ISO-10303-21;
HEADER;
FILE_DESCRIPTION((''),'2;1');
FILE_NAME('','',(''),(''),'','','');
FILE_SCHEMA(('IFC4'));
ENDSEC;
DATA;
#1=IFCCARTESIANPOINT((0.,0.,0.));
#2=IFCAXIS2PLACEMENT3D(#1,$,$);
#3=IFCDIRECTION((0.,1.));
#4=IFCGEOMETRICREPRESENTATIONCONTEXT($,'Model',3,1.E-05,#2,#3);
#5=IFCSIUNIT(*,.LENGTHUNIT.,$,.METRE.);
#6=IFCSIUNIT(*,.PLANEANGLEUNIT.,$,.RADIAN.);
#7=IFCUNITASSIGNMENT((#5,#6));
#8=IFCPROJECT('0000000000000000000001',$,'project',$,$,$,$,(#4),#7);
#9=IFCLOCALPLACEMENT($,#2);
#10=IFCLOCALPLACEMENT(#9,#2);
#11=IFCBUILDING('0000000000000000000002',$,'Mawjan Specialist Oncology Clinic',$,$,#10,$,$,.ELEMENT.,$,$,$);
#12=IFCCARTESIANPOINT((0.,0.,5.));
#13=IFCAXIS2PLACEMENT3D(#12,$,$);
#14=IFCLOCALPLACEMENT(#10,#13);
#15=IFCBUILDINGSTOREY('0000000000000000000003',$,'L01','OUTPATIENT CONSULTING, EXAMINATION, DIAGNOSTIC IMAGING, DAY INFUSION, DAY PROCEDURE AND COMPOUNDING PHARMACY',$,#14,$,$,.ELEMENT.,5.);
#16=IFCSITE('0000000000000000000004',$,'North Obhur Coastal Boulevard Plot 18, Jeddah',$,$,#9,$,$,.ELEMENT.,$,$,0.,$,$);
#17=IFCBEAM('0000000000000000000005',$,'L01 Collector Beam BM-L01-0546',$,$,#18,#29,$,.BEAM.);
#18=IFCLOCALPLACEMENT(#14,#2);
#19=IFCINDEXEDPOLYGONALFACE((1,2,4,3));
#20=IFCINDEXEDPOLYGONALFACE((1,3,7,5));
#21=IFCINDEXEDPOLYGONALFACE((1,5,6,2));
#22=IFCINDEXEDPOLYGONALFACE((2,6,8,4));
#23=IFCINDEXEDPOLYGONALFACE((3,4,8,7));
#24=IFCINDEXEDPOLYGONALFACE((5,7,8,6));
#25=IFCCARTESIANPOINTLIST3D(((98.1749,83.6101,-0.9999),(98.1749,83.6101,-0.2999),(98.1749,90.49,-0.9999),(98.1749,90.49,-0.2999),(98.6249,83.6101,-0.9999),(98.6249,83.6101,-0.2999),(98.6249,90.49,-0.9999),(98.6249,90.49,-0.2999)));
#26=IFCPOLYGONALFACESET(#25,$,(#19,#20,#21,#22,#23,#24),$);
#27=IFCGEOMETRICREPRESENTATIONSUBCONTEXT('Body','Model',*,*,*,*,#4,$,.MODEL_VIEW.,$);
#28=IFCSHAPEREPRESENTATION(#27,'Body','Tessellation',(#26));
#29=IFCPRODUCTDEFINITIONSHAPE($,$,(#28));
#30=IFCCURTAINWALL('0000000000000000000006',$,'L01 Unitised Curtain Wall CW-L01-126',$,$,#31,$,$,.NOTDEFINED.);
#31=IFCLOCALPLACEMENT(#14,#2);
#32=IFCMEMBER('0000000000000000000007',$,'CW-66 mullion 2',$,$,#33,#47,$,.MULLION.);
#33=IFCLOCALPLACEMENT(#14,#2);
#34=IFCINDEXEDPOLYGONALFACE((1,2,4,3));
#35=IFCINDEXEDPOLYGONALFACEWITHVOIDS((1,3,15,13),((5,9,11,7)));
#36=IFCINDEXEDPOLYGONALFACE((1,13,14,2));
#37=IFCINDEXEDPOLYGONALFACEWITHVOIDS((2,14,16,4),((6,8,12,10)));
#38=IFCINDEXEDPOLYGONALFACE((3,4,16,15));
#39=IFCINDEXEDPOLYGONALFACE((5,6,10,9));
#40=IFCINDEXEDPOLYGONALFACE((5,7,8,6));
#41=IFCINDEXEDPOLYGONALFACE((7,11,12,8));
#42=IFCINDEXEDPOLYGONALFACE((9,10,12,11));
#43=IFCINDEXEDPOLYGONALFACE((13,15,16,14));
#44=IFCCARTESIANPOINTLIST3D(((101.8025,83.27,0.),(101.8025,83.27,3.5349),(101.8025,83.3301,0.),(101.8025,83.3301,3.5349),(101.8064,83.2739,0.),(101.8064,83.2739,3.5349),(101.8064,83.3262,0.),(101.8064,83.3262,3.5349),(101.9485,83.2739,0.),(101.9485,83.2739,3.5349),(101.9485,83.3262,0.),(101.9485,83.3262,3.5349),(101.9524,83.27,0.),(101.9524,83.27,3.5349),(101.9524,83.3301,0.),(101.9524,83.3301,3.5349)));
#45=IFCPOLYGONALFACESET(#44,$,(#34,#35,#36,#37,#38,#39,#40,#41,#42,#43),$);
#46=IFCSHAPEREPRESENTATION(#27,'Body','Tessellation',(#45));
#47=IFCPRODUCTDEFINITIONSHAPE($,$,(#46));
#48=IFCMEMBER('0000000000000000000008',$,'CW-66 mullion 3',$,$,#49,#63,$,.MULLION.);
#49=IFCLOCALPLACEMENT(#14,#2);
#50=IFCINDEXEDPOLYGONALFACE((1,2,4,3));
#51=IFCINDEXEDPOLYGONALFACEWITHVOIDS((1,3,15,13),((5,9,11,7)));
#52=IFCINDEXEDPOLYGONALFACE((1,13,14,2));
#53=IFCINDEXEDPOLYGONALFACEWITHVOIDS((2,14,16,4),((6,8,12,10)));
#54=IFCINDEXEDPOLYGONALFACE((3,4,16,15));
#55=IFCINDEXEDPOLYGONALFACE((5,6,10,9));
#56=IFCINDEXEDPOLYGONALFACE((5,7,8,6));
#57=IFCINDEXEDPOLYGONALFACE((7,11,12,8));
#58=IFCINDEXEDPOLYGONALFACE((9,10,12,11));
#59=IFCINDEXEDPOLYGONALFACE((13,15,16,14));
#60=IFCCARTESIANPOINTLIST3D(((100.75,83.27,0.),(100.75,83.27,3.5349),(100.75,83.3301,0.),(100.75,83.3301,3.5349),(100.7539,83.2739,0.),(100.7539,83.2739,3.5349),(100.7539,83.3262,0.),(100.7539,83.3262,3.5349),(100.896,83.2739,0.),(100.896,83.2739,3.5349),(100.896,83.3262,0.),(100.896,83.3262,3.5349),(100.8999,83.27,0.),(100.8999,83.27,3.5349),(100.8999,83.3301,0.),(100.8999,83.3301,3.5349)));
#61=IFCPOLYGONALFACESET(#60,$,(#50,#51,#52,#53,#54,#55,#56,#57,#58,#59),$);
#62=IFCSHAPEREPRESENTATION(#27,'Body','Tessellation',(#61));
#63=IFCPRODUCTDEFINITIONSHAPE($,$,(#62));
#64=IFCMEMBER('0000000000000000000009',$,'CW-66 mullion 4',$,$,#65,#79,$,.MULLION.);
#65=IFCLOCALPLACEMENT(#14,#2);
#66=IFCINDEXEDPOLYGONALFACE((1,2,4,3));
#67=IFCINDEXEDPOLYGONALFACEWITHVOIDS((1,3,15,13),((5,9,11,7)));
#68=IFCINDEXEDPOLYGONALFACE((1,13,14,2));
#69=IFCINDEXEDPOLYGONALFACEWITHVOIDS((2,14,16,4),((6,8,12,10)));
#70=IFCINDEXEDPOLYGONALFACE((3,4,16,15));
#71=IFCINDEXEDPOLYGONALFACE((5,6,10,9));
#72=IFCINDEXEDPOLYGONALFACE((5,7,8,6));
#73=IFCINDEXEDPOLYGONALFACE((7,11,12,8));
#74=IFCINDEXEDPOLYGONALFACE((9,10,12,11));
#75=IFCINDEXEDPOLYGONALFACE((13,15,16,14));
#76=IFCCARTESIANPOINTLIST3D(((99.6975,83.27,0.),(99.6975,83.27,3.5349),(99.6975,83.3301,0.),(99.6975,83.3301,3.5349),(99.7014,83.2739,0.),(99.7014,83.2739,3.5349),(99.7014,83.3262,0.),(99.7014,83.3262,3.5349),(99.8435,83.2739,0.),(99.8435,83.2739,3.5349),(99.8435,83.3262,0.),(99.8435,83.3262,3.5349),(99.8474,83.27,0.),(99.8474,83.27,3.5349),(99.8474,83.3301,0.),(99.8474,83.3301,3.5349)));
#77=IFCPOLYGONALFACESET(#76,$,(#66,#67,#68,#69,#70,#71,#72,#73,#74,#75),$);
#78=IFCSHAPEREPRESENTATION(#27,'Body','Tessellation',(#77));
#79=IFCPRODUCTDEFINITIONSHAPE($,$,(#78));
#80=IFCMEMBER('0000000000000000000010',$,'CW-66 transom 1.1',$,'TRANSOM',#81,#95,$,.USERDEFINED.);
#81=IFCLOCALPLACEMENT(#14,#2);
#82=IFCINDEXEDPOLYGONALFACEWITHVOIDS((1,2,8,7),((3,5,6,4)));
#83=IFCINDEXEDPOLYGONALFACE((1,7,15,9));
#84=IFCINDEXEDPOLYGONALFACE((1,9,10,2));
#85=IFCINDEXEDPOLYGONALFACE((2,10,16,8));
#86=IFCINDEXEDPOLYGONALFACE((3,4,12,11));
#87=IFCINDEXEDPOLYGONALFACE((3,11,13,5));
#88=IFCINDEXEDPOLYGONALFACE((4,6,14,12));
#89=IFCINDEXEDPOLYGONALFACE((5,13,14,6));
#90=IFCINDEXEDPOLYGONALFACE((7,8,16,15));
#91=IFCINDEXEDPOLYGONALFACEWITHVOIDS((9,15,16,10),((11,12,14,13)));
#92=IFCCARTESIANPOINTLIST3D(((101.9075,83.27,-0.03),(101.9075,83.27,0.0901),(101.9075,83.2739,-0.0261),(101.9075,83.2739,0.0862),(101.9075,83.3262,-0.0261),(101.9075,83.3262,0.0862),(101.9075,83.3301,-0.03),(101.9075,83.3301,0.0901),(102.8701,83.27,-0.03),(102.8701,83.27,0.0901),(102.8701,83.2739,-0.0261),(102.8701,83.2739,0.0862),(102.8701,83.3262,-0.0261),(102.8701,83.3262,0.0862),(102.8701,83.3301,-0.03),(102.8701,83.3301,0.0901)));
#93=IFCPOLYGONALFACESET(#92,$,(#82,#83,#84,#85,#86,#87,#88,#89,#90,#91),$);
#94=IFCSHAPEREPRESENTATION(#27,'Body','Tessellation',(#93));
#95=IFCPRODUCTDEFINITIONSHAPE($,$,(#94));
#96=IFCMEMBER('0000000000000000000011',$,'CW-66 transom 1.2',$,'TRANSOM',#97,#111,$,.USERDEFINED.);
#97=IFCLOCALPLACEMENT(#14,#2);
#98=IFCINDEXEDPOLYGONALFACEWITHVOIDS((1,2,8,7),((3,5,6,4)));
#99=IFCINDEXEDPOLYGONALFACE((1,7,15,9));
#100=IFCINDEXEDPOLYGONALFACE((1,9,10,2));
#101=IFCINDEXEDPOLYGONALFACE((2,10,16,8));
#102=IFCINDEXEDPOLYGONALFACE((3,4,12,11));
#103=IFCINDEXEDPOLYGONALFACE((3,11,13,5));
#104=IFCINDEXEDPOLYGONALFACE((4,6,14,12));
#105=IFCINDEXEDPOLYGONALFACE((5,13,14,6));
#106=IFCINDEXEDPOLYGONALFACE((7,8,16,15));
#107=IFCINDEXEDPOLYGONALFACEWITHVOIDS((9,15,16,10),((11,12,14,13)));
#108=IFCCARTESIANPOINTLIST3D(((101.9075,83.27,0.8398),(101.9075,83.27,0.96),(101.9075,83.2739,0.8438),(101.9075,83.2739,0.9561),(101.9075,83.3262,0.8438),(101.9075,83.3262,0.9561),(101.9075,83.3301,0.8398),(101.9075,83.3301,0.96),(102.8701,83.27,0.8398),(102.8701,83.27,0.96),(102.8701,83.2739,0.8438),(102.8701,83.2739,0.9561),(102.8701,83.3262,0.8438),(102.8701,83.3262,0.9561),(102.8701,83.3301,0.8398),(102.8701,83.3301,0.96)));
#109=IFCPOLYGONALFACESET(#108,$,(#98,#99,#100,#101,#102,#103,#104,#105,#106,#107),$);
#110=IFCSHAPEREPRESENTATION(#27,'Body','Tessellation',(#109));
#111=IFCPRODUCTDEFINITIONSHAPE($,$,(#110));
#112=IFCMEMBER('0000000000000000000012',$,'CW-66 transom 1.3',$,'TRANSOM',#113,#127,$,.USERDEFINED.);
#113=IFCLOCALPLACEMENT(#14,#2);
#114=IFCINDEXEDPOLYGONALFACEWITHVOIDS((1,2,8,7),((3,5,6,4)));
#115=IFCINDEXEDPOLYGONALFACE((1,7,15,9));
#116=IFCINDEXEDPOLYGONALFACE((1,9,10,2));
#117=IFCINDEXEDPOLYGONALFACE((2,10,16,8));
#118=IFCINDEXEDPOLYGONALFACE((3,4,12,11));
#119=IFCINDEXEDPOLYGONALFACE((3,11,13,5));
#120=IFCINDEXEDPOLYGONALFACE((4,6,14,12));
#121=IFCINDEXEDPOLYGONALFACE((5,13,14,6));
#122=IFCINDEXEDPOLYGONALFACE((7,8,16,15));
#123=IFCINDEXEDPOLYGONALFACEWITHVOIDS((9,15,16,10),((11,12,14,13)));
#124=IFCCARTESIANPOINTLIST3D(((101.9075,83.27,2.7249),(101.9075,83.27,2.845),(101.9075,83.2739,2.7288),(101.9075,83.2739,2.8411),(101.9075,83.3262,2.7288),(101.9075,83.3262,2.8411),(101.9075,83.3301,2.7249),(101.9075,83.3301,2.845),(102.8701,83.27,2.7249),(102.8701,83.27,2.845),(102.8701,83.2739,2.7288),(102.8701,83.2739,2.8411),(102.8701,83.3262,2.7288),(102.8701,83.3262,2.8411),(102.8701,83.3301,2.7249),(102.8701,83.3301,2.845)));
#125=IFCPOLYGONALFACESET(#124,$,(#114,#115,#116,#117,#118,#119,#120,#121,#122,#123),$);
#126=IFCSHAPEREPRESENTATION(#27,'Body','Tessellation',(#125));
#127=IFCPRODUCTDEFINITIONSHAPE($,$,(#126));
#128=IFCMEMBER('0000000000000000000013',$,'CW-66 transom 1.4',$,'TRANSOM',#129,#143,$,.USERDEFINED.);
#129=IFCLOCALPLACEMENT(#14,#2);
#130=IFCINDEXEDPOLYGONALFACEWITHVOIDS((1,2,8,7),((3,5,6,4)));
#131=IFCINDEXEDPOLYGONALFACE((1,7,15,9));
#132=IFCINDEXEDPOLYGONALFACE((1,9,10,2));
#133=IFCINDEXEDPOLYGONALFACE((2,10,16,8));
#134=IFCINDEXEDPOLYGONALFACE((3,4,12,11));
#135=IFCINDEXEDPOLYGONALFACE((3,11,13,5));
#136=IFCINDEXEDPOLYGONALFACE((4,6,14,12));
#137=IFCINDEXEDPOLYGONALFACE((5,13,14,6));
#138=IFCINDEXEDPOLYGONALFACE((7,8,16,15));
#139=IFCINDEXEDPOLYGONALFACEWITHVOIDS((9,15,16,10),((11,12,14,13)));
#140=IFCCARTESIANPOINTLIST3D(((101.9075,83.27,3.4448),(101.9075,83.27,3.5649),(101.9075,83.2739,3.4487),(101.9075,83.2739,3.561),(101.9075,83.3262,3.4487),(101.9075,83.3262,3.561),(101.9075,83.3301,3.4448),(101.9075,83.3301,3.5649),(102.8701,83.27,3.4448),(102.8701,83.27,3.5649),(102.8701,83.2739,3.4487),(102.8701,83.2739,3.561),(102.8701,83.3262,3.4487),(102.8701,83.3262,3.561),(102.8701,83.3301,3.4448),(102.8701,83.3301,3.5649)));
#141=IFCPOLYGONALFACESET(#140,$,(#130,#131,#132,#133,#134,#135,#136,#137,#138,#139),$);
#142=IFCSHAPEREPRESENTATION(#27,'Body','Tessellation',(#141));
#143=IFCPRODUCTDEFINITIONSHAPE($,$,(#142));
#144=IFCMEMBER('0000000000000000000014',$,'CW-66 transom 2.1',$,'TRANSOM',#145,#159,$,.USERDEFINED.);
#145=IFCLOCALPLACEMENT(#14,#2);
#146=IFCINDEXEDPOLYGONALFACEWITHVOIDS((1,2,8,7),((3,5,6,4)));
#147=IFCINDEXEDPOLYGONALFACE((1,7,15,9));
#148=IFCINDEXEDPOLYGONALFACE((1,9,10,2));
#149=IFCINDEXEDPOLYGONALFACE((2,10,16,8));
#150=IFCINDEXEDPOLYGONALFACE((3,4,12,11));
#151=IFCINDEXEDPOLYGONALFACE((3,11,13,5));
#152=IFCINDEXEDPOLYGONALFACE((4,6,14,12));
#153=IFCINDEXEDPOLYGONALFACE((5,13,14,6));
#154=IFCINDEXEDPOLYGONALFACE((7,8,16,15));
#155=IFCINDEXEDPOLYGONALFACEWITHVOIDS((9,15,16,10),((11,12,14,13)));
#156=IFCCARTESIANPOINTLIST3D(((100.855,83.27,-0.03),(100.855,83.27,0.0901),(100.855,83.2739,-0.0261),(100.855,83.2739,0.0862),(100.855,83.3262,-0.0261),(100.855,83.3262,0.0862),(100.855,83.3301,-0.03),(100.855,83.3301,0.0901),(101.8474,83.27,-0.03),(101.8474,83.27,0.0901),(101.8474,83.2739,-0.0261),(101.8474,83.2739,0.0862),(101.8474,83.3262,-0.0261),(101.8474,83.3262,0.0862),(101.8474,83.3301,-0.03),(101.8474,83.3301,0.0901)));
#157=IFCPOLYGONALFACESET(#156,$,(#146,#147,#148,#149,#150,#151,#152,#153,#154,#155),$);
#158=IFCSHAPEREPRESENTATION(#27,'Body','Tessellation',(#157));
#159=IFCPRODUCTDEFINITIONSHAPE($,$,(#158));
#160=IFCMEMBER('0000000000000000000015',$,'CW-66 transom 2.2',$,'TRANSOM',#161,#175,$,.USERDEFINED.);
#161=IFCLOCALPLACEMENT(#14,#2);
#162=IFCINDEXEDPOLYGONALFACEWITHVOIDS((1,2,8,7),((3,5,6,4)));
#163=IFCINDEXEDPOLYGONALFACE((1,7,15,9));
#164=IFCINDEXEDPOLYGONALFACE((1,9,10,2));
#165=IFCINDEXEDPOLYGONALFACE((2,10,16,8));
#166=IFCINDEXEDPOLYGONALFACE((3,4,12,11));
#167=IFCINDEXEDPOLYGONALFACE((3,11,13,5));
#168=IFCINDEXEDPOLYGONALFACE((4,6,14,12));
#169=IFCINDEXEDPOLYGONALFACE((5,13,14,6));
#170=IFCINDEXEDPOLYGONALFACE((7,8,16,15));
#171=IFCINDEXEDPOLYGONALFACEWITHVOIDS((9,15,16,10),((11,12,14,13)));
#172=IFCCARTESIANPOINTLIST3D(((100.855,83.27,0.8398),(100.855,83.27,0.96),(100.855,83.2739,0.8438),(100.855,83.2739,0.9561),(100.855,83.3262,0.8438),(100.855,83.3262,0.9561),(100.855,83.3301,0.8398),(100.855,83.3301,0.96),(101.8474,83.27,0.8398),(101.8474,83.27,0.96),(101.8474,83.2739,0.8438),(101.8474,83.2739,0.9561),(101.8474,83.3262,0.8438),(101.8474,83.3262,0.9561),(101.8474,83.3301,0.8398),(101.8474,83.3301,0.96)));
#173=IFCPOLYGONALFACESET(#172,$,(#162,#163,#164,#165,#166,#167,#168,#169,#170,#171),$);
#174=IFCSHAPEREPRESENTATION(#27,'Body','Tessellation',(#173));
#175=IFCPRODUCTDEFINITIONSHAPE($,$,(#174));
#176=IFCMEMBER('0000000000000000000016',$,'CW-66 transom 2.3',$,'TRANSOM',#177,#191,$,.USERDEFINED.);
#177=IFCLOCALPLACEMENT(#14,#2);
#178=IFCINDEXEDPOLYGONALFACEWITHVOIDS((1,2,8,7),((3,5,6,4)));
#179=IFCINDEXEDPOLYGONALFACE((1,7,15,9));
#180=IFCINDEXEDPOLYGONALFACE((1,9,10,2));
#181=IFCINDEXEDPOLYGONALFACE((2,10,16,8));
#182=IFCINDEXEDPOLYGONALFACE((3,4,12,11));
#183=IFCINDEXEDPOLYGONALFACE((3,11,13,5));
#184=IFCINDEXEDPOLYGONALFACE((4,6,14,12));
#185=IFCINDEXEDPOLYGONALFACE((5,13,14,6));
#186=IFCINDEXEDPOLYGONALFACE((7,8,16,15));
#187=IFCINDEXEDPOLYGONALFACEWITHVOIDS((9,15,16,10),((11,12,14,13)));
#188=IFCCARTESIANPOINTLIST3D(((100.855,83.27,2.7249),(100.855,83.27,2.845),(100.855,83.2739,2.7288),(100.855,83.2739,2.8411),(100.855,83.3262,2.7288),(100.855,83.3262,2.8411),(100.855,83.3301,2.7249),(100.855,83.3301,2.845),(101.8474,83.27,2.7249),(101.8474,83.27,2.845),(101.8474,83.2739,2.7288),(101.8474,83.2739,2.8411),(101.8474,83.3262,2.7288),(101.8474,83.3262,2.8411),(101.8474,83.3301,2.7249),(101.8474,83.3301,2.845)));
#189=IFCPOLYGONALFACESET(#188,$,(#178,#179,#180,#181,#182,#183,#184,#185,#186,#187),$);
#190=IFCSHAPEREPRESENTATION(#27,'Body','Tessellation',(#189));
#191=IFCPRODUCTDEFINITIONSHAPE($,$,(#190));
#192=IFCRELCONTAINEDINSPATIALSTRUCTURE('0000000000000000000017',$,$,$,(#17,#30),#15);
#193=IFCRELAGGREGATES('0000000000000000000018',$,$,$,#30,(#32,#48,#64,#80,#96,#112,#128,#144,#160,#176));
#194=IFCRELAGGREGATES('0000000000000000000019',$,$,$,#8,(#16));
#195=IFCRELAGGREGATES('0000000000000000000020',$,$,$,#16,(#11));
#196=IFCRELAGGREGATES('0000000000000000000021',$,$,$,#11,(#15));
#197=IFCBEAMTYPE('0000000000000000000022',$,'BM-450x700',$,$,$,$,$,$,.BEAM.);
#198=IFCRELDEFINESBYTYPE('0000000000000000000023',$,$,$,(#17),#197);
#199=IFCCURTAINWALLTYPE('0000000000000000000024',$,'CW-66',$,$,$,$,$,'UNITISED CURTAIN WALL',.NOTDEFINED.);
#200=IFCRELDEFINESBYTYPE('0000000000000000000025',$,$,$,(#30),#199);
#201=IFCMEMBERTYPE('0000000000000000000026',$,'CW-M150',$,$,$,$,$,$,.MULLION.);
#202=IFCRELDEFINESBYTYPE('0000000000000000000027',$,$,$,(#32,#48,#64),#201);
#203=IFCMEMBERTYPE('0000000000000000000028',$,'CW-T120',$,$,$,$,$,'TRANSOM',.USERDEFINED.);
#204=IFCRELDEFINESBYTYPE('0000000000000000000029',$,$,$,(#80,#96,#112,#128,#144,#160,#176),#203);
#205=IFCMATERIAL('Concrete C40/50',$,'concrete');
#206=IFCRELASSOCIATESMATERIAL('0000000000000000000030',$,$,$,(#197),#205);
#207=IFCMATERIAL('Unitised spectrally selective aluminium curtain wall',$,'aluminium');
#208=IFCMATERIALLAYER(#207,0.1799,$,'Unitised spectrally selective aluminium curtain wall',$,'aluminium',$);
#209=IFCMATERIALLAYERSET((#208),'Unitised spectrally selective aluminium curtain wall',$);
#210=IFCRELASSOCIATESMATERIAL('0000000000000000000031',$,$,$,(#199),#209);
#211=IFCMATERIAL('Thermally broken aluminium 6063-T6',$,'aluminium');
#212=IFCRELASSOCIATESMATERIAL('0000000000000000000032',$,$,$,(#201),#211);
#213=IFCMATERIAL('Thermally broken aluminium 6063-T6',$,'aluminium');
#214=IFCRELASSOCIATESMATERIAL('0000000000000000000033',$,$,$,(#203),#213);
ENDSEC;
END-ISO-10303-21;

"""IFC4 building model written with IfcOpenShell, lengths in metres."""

from ifc_helpers import new_model, si_unit, direction, frame, origin, origin_2d, place, context, subcontext, project, spatial, rectangle, hollow_rectangle, extrude, material, layer, layer_set, material_profile, profile_set, type_object, element, aggregate, save


model = new_model("IFC4")

# Units and contexts
model_context = context("Model", 3, precision=1e-05, world=origin(), true_north=direction((0.0, 1.0)))
body_context = subcontext(model_context, "Body", "Model", "MODEL_VIEW")
ifc_project = project(units=[si_unit("LENGTHUNIT", "METRE"), si_unit("PLANEANGLEUNIT", "RADIAN")], contexts=[model_context])

# Site, building, storey
site_placement = place(None, origin())
site = spatial("IfcSite", under=ifc_project, at=site_placement, Name="North Obhur Coastal Boulevard Plot 18, Jeddah", CompositionType="ELEMENT", RefElevation=0.0)
building_placement = place(site_placement, origin())
building = spatial("IfcBuilding", under=site, at=building_placement, Name="Mawjan Specialist Oncology Clinic", CompositionType="ELEMENT")
storey_placement = place(building_placement, frame((0.0, 0.0, 5.0)))
storey = spatial("IfcBuildingStorey", under=building, at=storey_placement, Name="L01", Description="OUTPATIENT CONSULTING, EXAMINATION, DIAGNOSTIC IMAGING, DAY INFUSION, DAY PROCEDURE AND COMPOUNDING PHARMACY", CompositionType="ELEMENT", Elevation=5.0)

# Beam
ifc_material_1 = material(Name="Concrete C40/50", Category="concrete")
ifc_material_profile_1 = material_profile(ifc_material_1, rectangle(XDim=0.45, YDim=0.7, at=origin_2d()), Name="RC BM 450x700", Category="concrete")
ifc_profile_set_1 = profile_set([ifc_material_profile_1], Name="Concrete C40/50")
beam_type_1 = type_object("IfcBeamType", Name="BM-450x700", PredefinedType="BEAM", material=ifc_profile_set_1)
beam_1_placement = place(storey_placement, frame((98.3999, 83.6101, -0.6499), z_axis=(0.0, 1.0, 0.0), x_axis=(-1.0, 0.0, 0.0)))
element("IfcBeam", 1, at=beam_1_placement, inside=storey, type_object=beam_type_1, Name="L01 Collector Beam BM-L01-0546", PredefinedType="BEAM", context=body_context, shape_type="SweptSolid", body=[
    extrude(rectangle(XDim=0.45, YDim=0.7, at=origin_2d()), origin(), (0.0, 0.0, 1.0), 6.8799),
])

# Curtain wall, members
ifc_material_2 = material(Name="Unitised spectrally selective aluminium curtain wall", Category="aluminium")
ifc_layer_1 = layer(ifc_material_2, 0.1799, Name="Unitised spectrally selective aluminium curtain wall", Category="aluminium")
ifc_layer_set_1 = layer_set([ifc_layer_1], Name="Unitised spectrally selective aluminium curtain wall")
curtain_wall_type = type_object("IfcCurtainWallType", Name="CW-66", ElementType="UNITISED CURTAIN WALL", PredefinedType="NOTDEFINED", material=ifc_layer_set_1)
curtain_wall_placement = place(storey_placement, origin())
curtain_wall = element("IfcCurtainWall", 2, at=curtain_wall_placement, inside=storey, type_object=curtain_wall_type, Name="L01 Unitised Curtain Wall CW-L01-126", PredefinedType="NOTDEFINED")
ifc_material_3 = material(Name="Thermally broken aluminium 6063-T6", Category="aluminium")
ifc_material_profile_2 = material_profile(ifc_material_3, hollow_rectangle(XDim=0.0601, YDim=0.1499, WallThickness=0.0039, at=origin_2d()), Name="ALU MULLION 150x60x4", Category="aluminium")
ifc_profile_set_2 = profile_set([ifc_material_profile_2], Name="Thermally broken aluminium 6063-T6")
member_type_1 = type_object("IfcMemberType", Name="CW-M150", PredefinedType="MULLION", material=ifc_profile_set_2)
member_1_placement = place(storey_placement, frame((101.8774, 83.3, 0.0), z_axis=(0.0, 0.0, 1.0), x_axis=(0.0, -1.0, 0.0)))
member_1 = element("IfcMember", 3, at=member_1_placement, type_object=member_type_1, Name="CW-66 mullion 2", PredefinedType="MULLION", context=body_context, shape_type="SweptSolid", body=[
    extrude(hollow_rectangle(XDim=0.0601, YDim=0.1499, WallThickness=0.0039, at=origin_2d()), origin(), (0.0, 0.0, 1.0), 3.5349),
])
member_2_placement = place(storey_placement, frame((100.825, 83.3, 0.0), z_axis=(0.0, 0.0, 1.0), x_axis=(0.0, -1.0, 0.0)))
member_2 = element("IfcMember", 4, at=member_2_placement, type_object=member_type_1, Name="CW-66 mullion 3", PredefinedType="MULLION", context=body_context, shape_type="SweptSolid", body=[
    extrude(hollow_rectangle(XDim=0.0601, YDim=0.1499, WallThickness=0.0039, at=origin_2d()), origin(), (0.0, 0.0, 1.0), 3.5349),
])
member_3_placement = place(storey_placement, frame((99.7725, 83.3, 0.0), z_axis=(0.0, 0.0, 1.0), x_axis=(0.0, -1.0, 0.0)))
member_3 = element("IfcMember", 5, at=member_3_placement, type_object=member_type_1, Name="CW-66 mullion 4", PredefinedType="MULLION", context=body_context, shape_type="SweptSolid", body=[
    extrude(hollow_rectangle(XDim=0.0601, YDim=0.1499, WallThickness=0.0039, at=origin_2d()), origin(), (0.0, 0.0, 1.0), 3.5349),
])
ifc_material_4 = material(Name="Thermally broken aluminium 6063-T6", Category="aluminium")
ifc_material_profile_3 = material_profile(ifc_material_4, hollow_rectangle(XDim=0.0601, YDim=0.1201, WallThickness=0.0039, at=origin_2d()), Name="ALU TRANSOM 120x60x4", Category="aluminium")
ifc_profile_set_3 = profile_set([ifc_material_profile_3], Name="Thermally broken aluminium 6063-T6")
member_type_2 = type_object("IfcMemberType", Name="CW-T120", ElementType="TRANSOM", PredefinedType="USERDEFINED", material=ifc_profile_set_3)
member_4_placement = place(storey_placement, frame((102.8701, 83.3, 0.03), z_axis=(-1.0, 0.0, 0.0), x_axis=(0.0, -1.0, 0.0)))
member_4 = element("IfcMember", 6, at=member_4_placement, type_object=member_type_2, Name="CW-66 transom 1.1", ObjectType="TRANSOM", PredefinedType="USERDEFINED", context=body_context, shape_type="SweptSolid", body=[
    extrude(hollow_rectangle(XDim=0.0601, YDim=0.1201, WallThickness=0.0039, at=origin_2d()), origin(), (0.0, 0.0, 1.0), 0.9626),
])
member_5_placement = place(storey_placement, frame((102.8701, 83.3, 0.8999), z_axis=(-1.0, 0.0, 0.0), x_axis=(0.0, -1.0, 0.0)))
member_5 = element("IfcMember", 7, at=member_5_placement, type_object=member_type_2, Name="CW-66 transom 1.2", ObjectType="TRANSOM", PredefinedType="USERDEFINED", context=body_context, shape_type="SweptSolid", body=[
    extrude(hollow_rectangle(XDim=0.0601, YDim=0.1201, WallThickness=0.0039, at=origin_2d()), origin(), (0.0, 0.0, 1.0), 0.9626),
])
member_6_placement = place(storey_placement, frame((102.8701, 83.3, 2.7849), z_axis=(-1.0, 0.0, 0.0), x_axis=(0.0, -1.0, 0.0)))
member_6 = element("IfcMember", 8, at=member_6_placement, type_object=member_type_2, Name="CW-66 transom 1.3", ObjectType="TRANSOM", PredefinedType="USERDEFINED", context=body_context, shape_type="SweptSolid", body=[
    extrude(hollow_rectangle(XDim=0.0601, YDim=0.1201, WallThickness=0.0039, at=origin_2d()), origin(), (0.0, 0.0, 1.0), 0.9626),
])
member_7_placement = place(storey_placement, frame((102.8701, 83.3, 3.5049), z_axis=(-1.0, 0.0, 0.0), x_axis=(0.0, -1.0, 0.0)))
member_7 = element("IfcMember", 9, at=member_7_placement, type_object=member_type_2, Name="CW-66 transom 1.4", ObjectType="TRANSOM", PredefinedType="USERDEFINED", context=body_context, shape_type="SweptSolid", body=[
    extrude(hollow_rectangle(XDim=0.0601, YDim=0.1201, WallThickness=0.0039, at=origin_2d()), origin(), (0.0, 0.0, 1.0), 0.9626),
])
member_8_placement = place(storey_placement, frame((101.8474, 83.3, 0.03), z_axis=(-1.0, 0.0, 0.0), x_axis=(0.0, -1.0, 0.0)))
member_8 = element("IfcMember", 10, at=member_8_placement, type_object=member_type_2, Name="CW-66 transom 2.1", ObjectType="TRANSOM", PredefinedType="USERDEFINED", context=body_context, shape_type="SweptSolid", body=[
    extrude(hollow_rectangle(XDim=0.0601, YDim=0.1201, WallThickness=0.0039, at=origin_2d()), origin(), (0.0, 0.0, 1.0), 0.9924),
])
member_9_placement = place(storey_placement, frame((101.8474, 83.3, 0.8999), z_axis=(-1.0, 0.0, 0.0), x_axis=(0.0, -1.0, 0.0)))
member_9 = element("IfcMember", 11, at=member_9_placement, type_object=member_type_2, Name="CW-66 transom 2.2", ObjectType="TRANSOM", PredefinedType="USERDEFINED", context=body_context, shape_type="SweptSolid", body=[
    extrude(hollow_rectangle(XDim=0.0601, YDim=0.1201, WallThickness=0.0039, at=origin_2d()), origin(), (0.0, 0.0, 1.0), 0.9924),
])
member_10_placement = place(storey_placement, frame((101.8474, 83.3, 2.7849), z_axis=(-1.0, 0.0, 0.0), x_axis=(0.0, -1.0, 0.0)))
member_10 = element("IfcMember", 12, at=member_10_placement, type_object=member_type_2, Name="CW-66 transom 2.3", ObjectType="TRANSOM", PredefinedType="USERDEFINED", context=body_context, shape_type="SweptSolid", body=[
    extrude(hollow_rectangle(XDim=0.0601, YDim=0.1201, WallThickness=0.0039, at=origin_2d()), origin(), (0.0, 0.0, 1.0), 0.9924),
])

aggregate(curtain_wall, [member_1, member_2, member_3, member_4, member_5, member_6, member_7, member_8, member_9, member_10])

save(model, "model.ifc")
